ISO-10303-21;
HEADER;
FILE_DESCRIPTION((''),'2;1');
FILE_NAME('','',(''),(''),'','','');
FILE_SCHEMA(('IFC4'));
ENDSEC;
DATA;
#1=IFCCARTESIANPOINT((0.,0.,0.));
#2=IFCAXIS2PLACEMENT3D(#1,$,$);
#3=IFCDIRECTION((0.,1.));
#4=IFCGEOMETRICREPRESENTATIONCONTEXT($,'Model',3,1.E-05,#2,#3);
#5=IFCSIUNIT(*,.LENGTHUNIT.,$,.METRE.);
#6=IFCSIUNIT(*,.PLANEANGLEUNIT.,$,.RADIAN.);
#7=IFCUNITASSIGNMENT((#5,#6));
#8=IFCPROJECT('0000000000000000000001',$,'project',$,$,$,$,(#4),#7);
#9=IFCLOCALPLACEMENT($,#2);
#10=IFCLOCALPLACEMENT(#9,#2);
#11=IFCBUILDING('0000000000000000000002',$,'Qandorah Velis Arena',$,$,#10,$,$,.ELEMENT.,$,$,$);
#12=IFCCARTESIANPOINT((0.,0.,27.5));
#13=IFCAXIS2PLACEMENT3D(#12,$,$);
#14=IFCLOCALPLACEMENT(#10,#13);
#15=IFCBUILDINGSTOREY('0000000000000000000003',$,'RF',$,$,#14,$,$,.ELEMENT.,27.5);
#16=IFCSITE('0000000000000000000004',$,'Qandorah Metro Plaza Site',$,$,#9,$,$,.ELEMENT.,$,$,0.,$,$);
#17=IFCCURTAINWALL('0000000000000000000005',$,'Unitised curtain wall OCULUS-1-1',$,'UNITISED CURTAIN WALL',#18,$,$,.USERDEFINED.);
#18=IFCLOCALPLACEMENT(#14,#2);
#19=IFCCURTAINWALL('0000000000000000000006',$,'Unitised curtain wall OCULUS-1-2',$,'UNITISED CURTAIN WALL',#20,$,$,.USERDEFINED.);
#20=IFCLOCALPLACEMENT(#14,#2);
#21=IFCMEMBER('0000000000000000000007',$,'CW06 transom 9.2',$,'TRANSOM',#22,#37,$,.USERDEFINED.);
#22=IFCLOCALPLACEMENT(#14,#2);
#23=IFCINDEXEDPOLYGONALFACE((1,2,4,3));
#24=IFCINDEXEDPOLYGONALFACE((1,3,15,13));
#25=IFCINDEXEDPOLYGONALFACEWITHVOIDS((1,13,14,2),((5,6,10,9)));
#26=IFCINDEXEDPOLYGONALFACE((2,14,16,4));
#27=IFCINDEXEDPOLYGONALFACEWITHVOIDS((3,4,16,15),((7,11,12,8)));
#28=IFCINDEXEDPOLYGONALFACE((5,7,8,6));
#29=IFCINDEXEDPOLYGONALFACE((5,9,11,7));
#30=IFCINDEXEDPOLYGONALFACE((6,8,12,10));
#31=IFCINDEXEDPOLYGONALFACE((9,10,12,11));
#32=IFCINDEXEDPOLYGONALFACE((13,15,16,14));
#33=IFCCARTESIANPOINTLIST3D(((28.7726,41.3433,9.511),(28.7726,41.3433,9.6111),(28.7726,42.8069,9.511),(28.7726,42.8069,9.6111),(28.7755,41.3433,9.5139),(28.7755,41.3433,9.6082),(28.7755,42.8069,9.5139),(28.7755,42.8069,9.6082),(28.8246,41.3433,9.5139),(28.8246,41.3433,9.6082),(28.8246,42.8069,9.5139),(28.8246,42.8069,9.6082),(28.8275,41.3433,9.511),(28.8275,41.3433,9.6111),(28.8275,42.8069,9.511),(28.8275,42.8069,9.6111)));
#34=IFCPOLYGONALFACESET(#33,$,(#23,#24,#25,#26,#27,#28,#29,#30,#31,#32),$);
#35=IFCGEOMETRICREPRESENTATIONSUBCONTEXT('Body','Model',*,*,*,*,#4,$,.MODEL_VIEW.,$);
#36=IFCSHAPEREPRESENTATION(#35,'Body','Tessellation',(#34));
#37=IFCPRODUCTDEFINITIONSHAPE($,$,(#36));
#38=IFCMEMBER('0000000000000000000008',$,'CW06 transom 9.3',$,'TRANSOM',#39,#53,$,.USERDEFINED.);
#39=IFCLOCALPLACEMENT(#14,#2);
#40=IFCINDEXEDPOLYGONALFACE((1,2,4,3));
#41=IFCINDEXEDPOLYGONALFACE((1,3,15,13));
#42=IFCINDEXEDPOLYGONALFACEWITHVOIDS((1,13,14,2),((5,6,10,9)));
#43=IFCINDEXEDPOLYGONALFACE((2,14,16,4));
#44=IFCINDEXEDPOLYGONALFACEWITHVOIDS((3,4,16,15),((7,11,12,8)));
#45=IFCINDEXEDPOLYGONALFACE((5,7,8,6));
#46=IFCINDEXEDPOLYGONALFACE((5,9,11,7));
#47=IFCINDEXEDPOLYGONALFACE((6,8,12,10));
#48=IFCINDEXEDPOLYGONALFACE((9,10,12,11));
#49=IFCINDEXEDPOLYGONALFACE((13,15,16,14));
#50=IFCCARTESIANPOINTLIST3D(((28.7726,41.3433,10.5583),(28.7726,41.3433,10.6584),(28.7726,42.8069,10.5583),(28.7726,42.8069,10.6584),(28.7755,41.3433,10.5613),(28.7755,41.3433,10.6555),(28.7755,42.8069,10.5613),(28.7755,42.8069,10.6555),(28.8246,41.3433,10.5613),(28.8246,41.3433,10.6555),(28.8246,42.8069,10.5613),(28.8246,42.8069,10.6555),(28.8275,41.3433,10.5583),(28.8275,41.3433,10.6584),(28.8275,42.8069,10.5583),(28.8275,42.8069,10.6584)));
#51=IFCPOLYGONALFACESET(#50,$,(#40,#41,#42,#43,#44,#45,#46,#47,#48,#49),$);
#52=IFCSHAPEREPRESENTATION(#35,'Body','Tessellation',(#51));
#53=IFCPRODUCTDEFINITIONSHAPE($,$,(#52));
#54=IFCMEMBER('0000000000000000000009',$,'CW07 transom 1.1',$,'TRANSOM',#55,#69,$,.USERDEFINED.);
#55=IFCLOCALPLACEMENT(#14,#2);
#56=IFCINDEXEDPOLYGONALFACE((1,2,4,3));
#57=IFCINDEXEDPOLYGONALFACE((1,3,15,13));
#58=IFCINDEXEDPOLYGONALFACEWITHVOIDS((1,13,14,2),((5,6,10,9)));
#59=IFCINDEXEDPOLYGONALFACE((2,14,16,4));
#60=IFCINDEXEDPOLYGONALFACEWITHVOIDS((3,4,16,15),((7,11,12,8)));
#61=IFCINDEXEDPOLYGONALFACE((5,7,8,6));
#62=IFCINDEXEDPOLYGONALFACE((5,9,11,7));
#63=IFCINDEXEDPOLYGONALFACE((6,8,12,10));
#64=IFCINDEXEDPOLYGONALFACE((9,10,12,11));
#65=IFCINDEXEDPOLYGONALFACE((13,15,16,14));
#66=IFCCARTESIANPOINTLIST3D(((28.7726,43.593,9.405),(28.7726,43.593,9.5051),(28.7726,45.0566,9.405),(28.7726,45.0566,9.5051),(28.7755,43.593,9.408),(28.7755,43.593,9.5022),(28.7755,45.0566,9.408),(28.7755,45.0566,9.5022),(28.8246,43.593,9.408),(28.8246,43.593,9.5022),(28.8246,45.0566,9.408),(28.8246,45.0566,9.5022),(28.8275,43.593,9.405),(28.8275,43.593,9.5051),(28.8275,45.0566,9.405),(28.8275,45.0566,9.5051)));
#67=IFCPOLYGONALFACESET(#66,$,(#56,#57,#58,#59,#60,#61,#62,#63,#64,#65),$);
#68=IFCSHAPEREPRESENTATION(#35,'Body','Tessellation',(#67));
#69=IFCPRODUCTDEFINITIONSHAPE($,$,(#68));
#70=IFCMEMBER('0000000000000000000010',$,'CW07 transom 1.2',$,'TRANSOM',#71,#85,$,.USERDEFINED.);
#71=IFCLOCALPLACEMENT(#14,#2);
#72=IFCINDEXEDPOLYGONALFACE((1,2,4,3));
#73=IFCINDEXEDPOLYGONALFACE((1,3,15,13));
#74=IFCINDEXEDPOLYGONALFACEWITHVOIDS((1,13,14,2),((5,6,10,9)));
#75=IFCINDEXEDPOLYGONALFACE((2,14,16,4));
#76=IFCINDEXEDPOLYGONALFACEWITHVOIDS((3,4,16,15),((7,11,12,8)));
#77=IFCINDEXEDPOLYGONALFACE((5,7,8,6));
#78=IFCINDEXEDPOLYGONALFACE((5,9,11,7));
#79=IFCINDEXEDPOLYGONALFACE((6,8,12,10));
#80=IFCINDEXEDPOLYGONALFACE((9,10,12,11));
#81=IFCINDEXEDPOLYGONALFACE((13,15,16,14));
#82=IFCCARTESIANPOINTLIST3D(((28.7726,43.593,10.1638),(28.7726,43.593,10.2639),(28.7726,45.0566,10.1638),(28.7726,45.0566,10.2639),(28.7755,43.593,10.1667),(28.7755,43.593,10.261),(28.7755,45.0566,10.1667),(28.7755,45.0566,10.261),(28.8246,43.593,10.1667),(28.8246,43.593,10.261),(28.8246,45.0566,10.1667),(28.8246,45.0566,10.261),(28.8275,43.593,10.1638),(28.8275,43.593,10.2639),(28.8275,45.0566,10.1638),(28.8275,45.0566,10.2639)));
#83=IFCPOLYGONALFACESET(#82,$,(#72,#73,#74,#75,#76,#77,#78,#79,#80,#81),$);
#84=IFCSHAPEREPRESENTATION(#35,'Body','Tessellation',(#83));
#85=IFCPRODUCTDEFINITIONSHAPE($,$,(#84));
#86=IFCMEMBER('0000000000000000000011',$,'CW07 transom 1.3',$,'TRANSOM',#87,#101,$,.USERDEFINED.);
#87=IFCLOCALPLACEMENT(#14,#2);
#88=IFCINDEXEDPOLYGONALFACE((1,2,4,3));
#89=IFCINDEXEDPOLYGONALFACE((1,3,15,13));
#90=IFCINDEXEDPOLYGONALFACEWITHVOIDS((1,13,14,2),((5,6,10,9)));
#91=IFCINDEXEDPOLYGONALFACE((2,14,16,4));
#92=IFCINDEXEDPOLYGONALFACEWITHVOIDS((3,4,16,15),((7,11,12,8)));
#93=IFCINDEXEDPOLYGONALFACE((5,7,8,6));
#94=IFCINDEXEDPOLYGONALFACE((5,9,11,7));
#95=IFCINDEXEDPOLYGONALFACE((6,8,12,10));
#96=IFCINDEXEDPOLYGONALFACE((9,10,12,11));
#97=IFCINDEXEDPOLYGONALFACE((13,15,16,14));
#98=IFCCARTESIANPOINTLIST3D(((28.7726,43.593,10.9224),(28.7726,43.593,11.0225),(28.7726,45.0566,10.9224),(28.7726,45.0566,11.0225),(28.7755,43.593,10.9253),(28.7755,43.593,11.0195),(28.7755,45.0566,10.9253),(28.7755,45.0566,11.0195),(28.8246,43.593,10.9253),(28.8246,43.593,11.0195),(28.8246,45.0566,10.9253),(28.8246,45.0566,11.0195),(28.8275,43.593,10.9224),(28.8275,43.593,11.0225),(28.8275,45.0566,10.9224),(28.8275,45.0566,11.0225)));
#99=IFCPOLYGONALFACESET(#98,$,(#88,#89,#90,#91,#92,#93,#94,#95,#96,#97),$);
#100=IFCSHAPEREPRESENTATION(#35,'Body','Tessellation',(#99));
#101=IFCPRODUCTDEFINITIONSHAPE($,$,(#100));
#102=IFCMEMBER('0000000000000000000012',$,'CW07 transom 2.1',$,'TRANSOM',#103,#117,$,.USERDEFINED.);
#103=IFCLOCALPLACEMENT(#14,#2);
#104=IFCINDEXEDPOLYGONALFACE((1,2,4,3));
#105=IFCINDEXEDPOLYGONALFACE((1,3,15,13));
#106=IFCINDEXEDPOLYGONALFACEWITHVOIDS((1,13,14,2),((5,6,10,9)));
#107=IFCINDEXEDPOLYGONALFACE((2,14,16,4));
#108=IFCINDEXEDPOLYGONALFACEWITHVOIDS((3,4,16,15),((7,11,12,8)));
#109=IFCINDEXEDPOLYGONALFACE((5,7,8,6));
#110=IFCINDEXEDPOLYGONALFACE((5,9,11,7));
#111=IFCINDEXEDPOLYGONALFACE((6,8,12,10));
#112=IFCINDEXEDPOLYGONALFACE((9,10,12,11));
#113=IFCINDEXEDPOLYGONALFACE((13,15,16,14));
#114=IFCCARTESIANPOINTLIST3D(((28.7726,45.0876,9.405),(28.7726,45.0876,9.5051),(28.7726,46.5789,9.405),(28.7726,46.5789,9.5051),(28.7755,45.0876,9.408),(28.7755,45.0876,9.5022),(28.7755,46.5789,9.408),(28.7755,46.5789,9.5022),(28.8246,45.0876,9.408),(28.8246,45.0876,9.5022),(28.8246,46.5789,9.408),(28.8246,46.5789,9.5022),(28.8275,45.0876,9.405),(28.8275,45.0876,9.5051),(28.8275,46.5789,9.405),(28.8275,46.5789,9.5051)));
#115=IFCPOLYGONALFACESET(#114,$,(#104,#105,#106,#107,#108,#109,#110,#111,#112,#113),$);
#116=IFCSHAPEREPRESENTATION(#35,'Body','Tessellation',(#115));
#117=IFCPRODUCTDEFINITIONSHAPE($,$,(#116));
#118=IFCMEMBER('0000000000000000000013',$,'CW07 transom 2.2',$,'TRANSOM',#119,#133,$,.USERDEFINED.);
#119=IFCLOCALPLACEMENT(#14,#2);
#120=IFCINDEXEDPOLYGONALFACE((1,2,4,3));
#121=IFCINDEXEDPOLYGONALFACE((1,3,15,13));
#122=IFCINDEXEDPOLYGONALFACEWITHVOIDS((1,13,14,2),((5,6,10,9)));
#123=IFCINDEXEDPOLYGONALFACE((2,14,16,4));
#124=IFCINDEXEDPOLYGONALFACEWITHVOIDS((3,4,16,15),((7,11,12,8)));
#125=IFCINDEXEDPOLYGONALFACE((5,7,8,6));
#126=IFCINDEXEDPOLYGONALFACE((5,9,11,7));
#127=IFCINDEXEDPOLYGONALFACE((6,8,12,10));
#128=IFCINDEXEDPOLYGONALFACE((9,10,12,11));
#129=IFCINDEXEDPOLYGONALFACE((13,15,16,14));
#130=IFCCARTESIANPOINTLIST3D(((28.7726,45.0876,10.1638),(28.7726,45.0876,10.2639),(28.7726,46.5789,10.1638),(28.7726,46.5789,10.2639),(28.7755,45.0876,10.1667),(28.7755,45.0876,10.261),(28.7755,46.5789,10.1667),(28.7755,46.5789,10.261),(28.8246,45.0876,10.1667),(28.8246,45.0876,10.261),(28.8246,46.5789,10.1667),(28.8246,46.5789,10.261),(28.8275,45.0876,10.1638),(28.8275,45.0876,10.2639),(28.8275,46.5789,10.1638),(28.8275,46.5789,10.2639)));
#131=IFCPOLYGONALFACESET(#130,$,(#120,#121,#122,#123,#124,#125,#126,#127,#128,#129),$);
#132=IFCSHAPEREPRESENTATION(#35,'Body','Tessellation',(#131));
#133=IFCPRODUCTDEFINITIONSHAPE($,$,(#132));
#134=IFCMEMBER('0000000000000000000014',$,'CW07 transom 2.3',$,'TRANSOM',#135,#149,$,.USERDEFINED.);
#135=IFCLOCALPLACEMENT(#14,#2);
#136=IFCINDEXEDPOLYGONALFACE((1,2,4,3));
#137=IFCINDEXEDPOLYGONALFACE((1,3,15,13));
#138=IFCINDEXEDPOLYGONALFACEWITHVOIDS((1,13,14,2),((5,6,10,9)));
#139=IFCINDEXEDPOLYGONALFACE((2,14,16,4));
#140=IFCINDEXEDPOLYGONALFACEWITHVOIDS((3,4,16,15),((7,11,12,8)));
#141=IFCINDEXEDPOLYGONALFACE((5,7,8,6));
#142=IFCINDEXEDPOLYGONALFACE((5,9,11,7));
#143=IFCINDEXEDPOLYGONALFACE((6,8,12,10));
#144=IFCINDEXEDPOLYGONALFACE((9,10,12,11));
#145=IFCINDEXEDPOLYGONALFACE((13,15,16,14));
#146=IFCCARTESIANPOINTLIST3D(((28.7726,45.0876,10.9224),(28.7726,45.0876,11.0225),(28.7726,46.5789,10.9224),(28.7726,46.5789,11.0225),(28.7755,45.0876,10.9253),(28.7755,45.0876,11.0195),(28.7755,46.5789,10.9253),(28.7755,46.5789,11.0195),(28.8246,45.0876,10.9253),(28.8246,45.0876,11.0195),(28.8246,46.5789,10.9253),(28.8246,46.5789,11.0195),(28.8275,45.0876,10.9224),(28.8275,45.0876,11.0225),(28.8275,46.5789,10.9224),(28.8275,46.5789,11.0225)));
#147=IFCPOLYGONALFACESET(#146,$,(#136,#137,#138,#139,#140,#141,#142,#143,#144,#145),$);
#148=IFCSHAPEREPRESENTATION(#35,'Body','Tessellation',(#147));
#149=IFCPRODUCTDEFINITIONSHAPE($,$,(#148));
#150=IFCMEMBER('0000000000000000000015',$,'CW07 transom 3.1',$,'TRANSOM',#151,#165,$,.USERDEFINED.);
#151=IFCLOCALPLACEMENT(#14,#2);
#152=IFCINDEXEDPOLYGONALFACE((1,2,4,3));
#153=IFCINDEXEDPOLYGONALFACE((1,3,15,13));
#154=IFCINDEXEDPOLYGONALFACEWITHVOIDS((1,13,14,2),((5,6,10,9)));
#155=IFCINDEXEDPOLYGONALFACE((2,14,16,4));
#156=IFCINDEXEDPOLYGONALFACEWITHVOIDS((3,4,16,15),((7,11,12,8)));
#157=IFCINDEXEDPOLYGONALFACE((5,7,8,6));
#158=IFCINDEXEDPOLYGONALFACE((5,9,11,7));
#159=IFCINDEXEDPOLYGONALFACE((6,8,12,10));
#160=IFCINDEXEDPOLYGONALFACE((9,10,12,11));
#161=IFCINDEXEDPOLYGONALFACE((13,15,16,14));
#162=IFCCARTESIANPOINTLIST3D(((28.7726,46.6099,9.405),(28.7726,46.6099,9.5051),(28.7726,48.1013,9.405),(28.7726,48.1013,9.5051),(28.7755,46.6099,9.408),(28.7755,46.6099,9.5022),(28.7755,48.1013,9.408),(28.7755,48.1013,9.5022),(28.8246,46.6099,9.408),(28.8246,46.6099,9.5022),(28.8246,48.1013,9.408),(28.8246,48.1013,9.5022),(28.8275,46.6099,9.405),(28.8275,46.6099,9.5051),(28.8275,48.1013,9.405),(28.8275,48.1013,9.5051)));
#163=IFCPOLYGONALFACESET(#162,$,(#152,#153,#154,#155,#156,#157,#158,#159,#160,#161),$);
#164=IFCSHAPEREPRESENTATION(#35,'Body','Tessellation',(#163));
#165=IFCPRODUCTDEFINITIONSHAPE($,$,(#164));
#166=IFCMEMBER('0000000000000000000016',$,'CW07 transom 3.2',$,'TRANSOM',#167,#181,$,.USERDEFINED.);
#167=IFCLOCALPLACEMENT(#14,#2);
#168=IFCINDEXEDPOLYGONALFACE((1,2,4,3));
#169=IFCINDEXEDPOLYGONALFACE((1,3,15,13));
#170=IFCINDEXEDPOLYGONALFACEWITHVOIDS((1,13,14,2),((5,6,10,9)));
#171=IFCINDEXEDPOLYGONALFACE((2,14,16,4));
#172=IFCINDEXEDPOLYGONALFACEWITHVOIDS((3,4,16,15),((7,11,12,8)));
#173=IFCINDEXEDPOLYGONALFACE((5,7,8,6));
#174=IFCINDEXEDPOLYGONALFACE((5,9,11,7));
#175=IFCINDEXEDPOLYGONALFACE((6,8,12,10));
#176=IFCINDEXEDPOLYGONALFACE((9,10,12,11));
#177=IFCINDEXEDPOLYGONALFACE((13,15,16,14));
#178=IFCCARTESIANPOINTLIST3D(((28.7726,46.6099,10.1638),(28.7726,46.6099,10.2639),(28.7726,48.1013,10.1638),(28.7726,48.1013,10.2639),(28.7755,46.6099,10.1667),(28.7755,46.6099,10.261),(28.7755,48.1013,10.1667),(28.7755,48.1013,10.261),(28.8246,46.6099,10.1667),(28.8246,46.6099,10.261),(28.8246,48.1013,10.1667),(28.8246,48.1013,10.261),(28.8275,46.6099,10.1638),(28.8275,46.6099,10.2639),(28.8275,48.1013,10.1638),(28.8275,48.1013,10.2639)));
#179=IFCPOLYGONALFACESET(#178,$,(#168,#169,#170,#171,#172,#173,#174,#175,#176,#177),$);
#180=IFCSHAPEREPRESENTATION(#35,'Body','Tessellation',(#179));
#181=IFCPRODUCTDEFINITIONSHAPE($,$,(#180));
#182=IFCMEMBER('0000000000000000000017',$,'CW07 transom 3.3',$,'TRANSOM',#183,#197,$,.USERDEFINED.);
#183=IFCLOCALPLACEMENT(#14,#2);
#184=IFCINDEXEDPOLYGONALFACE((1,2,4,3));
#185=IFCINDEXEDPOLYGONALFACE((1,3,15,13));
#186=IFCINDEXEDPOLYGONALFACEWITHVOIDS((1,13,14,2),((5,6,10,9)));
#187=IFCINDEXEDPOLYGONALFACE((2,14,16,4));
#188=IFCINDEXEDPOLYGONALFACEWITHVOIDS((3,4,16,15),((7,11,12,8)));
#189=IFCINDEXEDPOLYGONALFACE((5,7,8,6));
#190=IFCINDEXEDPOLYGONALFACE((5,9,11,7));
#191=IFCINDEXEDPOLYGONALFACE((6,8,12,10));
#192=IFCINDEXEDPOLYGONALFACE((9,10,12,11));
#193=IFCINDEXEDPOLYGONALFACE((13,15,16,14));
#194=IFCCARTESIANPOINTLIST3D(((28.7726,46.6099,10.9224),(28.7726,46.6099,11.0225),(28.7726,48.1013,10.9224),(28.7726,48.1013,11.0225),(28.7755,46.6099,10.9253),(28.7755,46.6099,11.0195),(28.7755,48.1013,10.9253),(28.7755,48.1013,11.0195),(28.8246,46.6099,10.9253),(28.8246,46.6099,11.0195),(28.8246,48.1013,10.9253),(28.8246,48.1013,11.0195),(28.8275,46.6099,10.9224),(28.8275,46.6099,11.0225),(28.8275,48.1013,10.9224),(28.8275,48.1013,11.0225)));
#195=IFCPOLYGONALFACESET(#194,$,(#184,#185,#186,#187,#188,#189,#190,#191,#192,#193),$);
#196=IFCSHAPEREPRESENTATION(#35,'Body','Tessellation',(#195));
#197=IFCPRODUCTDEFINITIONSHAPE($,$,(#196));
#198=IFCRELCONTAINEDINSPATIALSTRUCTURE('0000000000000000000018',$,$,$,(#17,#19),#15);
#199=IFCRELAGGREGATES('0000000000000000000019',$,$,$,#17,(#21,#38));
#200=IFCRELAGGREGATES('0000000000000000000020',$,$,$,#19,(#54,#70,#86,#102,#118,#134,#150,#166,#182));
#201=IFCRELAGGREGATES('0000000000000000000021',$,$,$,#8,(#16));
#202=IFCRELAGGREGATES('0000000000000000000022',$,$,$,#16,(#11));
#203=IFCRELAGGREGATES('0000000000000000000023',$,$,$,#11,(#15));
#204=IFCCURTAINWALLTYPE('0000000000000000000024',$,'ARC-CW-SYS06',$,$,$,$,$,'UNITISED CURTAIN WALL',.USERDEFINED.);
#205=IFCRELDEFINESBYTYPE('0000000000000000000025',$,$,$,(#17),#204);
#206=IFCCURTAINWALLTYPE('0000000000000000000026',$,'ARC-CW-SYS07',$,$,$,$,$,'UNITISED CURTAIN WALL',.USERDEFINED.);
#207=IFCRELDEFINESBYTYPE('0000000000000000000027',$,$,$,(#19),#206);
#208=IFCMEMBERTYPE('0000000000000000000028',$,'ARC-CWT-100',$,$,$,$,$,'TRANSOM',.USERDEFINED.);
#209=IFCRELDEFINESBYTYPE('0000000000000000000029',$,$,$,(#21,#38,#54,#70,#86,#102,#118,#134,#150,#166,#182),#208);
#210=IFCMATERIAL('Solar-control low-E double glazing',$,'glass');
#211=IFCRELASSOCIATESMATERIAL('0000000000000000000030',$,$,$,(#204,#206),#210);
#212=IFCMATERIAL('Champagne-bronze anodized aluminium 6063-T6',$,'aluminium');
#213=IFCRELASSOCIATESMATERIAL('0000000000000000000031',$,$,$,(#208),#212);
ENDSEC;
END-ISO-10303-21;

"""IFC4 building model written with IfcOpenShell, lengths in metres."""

from ifc_helpers import new_model, si_unit, direction, frame, origin, origin_2d, place, context, subcontext, project, spatial, hollow_rectangle, extrude, material, material_profile, profile_set, type_object, element, aggregate, save


model = new_model("IFC4")

# Units and contexts
model_context = context("Model", 3, precision=1e-05, world=origin(), true_north=direction((0.0, 1.0)))
body_context = subcontext(model_context, "Body", "Model", "MODEL_VIEW")
ifc_project = project(units=[si_unit("LENGTHUNIT", "METRE"), si_unit("PLANEANGLEUNIT", "RADIAN")], contexts=[model_context])

# Site, building, storey
site_placement = place(None, origin())
site = spatial("IfcSite", under=ifc_project, at=site_placement, Name="Qandorah Metro Plaza Site", CompositionType="ELEMENT", RefElevation=0.0)
building_placement = place(site_placement, origin())
building = spatial("IfcBuilding", under=site, at=building_placement, Name="Qandorah Velis Arena", CompositionType="ELEMENT")
storey_placement = place(building_placement, frame((0.0, 0.0, 27.5)))
storey = spatial("IfcBuildingStorey", under=building, at=storey_placement, Name="RF", CompositionType="ELEMENT", Elevation=27.5)

# Curtain walls
ifc_material_1 = material(Name="Solar-control low-E double glazing", Category="glass")
curtain_wall_type_1 = type_object("IfcCurtainWallType", Name="ARC-CW-SYS06", ElementType="UNITISED CURTAIN WALL", PredefinedType="USERDEFINED", material=ifc_material_1)
curtain_wall_1_placement = place(storey_placement, origin())
curtain_wall_1 = element("IfcCurtainWall", 1, at=curtain_wall_1_placement, inside=storey, type_object=curtain_wall_type_1, Name="Unitised curtain wall OCULUS-1-1", ObjectType="UNITISED CURTAIN WALL", PredefinedType="USERDEFINED")
ifc_material_2 = material(Name="Champagne-bronze anodized aluminium 6063-T6", Category="aluminium")
curtain_wall_type_2 = type_object("IfcCurtainWallType", Name="ARC-CW-SYS07", ElementType="UNITISED CURTAIN WALL", PredefinedType="USERDEFINED", material=ifc_material_1)
curtain_wall_2_placement = place(storey_placement, origin())
curtain_wall_2 = element("IfcCurtainWall", 2, at=curtain_wall_2_placement, inside=storey, type_object=curtain_wall_type_2, Name="Unitised curtain wall OCULUS-1-2", ObjectType="UNITISED CURTAIN WALL", PredefinedType="USERDEFINED")

# Members
ifc_material_profile_1 = material_profile(ifc_material_2, hollow_rectangle(XDim=0.0549, YDim=0.1001, WallThickness=0.0029, at=origin_2d()), Name="ALU TRANSOM 55x100")
ifc_profile_set_1 = profile_set([ifc_material_profile_1], Name="Champagne-bronze anodized aluminium 6063-T6")
member_type_1 = type_object("IfcMemberType", Name="ARC-CWT-100", ElementType="TRANSOM", PredefinedType="USERDEFINED", material=ifc_profile_set_1)
member_1_placement = place(storey_placement, frame((28.8, 41.3433, 9.561), z_axis=(0.0, 1.0, 0.0), x_axis=(-1.0, 0.0, 0.0)))
member_1 = element("IfcMember", 3, at=member_1_placement, type_object=member_type_1, Name="CW06 transom 9.2", ObjectType="TRANSOM", PredefinedType="USERDEFINED", context=body_context, shape_type="SweptSolid", body=[
    extrude(hollow_rectangle(XDim=0.0549, YDim=0.1001, WallThickness=0.0029, at=origin_2d()), origin(), (0.0, 0.0, 1.0), 1.4636),
])
member_2_placement = place(storey_placement, frame((28.8, 41.3433, 10.6084), z_axis=(0.0, 1.0, 0.0), x_axis=(-1.0, 0.0, 0.0)))
member_2 = element("IfcMember", 4, at=member_2_placement, type_object=member_type_1, Name="CW06 transom 9.3", ObjectType="TRANSOM", PredefinedType="USERDEFINED", context=body_context, shape_type="SweptSolid", body=[
    extrude(hollow_rectangle(XDim=0.0549, YDim=0.1001, WallThickness=0.0029, at=origin_2d()), origin(), (0.0, 0.0, 1.0), 1.4636),
])
member_3_placement = place(storey_placement, frame((28.8, 43.593, 9.4551), z_axis=(0.0, 1.0, 0.0), x_axis=(-1.0, 0.0, 0.0)))
member_3 = element("IfcMember", 5, at=member_3_placement, type_object=member_type_1, Name="CW07 transom 1.1", ObjectType="TRANSOM", PredefinedType="USERDEFINED", context=body_context, shape_type="SweptSolid", body=[
    extrude(hollow_rectangle(XDim=0.0549, YDim=0.1001, WallThickness=0.0029, at=origin_2d()), origin(), (0.0, 0.0, 1.0), 1.4636),
])
member_4_placement = place(storey_placement, frame((28.8, 43.593, 10.2139), z_axis=(0.0, 1.0, 0.0), x_axis=(-1.0, 0.0, 0.0)))
member_4 = element("IfcMember", 6, at=member_4_placement, type_object=member_type_1, Name="CW07 transom 1.2", ObjectType="TRANSOM", PredefinedType="USERDEFINED", context=body_context, shape_type="SweptSolid", body=[
    extrude(hollow_rectangle(XDim=0.0549, YDim=0.1001, WallThickness=0.0029, at=origin_2d()), origin(), (0.0, 0.0, 1.0), 1.4636),
])
member_5_placement = place(storey_placement, frame((28.8, 43.593, 10.9724), z_axis=(0.0, 1.0, 0.0), x_axis=(-1.0, 0.0, 0.0)))
member_5 = element("IfcMember", 7, at=member_5_placement, type_object=member_type_1, Name="CW07 transom 1.3", ObjectType="TRANSOM", PredefinedType="USERDEFINED", context=body_context, shape_type="SweptSolid", body=[
    extrude(hollow_rectangle(XDim=0.0549, YDim=0.1001, WallThickness=0.0029, at=origin_2d()), origin(), (0.0, 0.0, 1.0), 1.4636),
])
member_6_placement = place(storey_placement, frame((28.8, 45.0876, 9.4551), z_axis=(0.0, 1.0, 0.0), x_axis=(-1.0, 0.0, 0.0)))
member_6 = element("IfcMember", 8, at=member_6_placement, type_object=member_type_1, Name="CW07 transom 2.1", ObjectType="TRANSOM", PredefinedType="USERDEFINED", context=body_context, shape_type="SweptSolid", body=[
    extrude(hollow_rectangle(XDim=0.0549, YDim=0.1001, WallThickness=0.0029, at=origin_2d()), origin(), (0.0, 0.0, 1.0), 1.4912),
])
member_7_placement = place(storey_placement, frame((28.8, 45.0876, 10.2139), z_axis=(0.0, 1.0, 0.0), x_axis=(-1.0, 0.0, 0.0)))
member_7 = element("IfcMember", 9, at=member_7_placement, type_object=member_type_1, Name="CW07 transom 2.2", ObjectType="TRANSOM", PredefinedType="USERDEFINED", context=body_context, shape_type="SweptSolid", body=[
    extrude(hollow_rectangle(XDim=0.0549, YDim=0.1001, WallThickness=0.0029, at=origin_2d()), origin(), (0.0, 0.0, 1.0), 1.4912),
])
member_8_placement = place(storey_placement, frame((28.8, 45.0876, 10.9724), z_axis=(0.0, 1.0, 0.0), x_axis=(-1.0, 0.0, 0.0)))
member_8 = element("IfcMember", 10, at=member_8_placement, type_object=member_type_1, Name="CW07 transom 2.3", ObjectType="TRANSOM", PredefinedType="USERDEFINED", context=body_context, shape_type="SweptSolid", body=[
    extrude(hollow_rectangle(XDim=0.0549, YDim=0.1001, WallThickness=0.0029, at=origin_2d()), origin(), (0.0, 0.0, 1.0), 1.4912),
])
member_9_placement = place(storey_placement, frame((28.8, 46.6099, 9.4551), z_axis=(0.0, 1.0, 0.0), x_axis=(-1.0, 0.0, 0.0)))
member_9 = element("IfcMember", 11, at=member_9_placement, type_object=member_type_1, Name="CW07 transom 3.1", ObjectType="TRANSOM", PredefinedType="USERDEFINED", context=body_context, shape_type="SweptSolid", body=[
    extrude(hollow_rectangle(XDim=0.0549, YDim=0.1001, WallThickness=0.0029, at=origin_2d()), origin(), (0.0, 0.0, 1.0), 1.4915),
])
member_10_placement = place(storey_placement, frame((28.8, 46.6099, 10.2139), z_axis=(0.0, 1.0, 0.0), x_axis=(-1.0, 0.0, 0.0)))
member_10 = element("IfcMember", 12, at=member_10_placement, type_object=member_type_1, Name="CW07 transom 3.2", ObjectType="TRANSOM", PredefinedType="USERDEFINED", context=body_context, shape_type="SweptSolid", body=[
    extrude(hollow_rectangle(XDim=0.0549, YDim=0.1001, WallThickness=0.0029, at=origin_2d()), origin(), (0.0, 0.0, 1.0), 1.4915),
])
member_11_placement = place(storey_placement, frame((28.8, 46.6099, 10.9724), z_axis=(0.0, 1.0, 0.0), x_axis=(-1.0, 0.0, 0.0)))
member_11 = element("IfcMember", 13, at=member_11_placement, type_object=member_type_1, Name="CW07 transom 3.3", ObjectType="TRANSOM", PredefinedType="USERDEFINED", context=body_context, shape_type="SweptSolid", body=[
    extrude(hollow_rectangle(XDim=0.0549, YDim=0.1001, WallThickness=0.0029, at=origin_2d()), origin(), (0.0, 0.0, 1.0), 1.4915),
])

aggregate(curtain_wall_1, [member_1, member_2])
aggregate(curtain_wall_2, [member_3, member_4, member_5, member_6, member_7, member_8, member_9, member_10, member_11])

save(model, "model.ifc")
